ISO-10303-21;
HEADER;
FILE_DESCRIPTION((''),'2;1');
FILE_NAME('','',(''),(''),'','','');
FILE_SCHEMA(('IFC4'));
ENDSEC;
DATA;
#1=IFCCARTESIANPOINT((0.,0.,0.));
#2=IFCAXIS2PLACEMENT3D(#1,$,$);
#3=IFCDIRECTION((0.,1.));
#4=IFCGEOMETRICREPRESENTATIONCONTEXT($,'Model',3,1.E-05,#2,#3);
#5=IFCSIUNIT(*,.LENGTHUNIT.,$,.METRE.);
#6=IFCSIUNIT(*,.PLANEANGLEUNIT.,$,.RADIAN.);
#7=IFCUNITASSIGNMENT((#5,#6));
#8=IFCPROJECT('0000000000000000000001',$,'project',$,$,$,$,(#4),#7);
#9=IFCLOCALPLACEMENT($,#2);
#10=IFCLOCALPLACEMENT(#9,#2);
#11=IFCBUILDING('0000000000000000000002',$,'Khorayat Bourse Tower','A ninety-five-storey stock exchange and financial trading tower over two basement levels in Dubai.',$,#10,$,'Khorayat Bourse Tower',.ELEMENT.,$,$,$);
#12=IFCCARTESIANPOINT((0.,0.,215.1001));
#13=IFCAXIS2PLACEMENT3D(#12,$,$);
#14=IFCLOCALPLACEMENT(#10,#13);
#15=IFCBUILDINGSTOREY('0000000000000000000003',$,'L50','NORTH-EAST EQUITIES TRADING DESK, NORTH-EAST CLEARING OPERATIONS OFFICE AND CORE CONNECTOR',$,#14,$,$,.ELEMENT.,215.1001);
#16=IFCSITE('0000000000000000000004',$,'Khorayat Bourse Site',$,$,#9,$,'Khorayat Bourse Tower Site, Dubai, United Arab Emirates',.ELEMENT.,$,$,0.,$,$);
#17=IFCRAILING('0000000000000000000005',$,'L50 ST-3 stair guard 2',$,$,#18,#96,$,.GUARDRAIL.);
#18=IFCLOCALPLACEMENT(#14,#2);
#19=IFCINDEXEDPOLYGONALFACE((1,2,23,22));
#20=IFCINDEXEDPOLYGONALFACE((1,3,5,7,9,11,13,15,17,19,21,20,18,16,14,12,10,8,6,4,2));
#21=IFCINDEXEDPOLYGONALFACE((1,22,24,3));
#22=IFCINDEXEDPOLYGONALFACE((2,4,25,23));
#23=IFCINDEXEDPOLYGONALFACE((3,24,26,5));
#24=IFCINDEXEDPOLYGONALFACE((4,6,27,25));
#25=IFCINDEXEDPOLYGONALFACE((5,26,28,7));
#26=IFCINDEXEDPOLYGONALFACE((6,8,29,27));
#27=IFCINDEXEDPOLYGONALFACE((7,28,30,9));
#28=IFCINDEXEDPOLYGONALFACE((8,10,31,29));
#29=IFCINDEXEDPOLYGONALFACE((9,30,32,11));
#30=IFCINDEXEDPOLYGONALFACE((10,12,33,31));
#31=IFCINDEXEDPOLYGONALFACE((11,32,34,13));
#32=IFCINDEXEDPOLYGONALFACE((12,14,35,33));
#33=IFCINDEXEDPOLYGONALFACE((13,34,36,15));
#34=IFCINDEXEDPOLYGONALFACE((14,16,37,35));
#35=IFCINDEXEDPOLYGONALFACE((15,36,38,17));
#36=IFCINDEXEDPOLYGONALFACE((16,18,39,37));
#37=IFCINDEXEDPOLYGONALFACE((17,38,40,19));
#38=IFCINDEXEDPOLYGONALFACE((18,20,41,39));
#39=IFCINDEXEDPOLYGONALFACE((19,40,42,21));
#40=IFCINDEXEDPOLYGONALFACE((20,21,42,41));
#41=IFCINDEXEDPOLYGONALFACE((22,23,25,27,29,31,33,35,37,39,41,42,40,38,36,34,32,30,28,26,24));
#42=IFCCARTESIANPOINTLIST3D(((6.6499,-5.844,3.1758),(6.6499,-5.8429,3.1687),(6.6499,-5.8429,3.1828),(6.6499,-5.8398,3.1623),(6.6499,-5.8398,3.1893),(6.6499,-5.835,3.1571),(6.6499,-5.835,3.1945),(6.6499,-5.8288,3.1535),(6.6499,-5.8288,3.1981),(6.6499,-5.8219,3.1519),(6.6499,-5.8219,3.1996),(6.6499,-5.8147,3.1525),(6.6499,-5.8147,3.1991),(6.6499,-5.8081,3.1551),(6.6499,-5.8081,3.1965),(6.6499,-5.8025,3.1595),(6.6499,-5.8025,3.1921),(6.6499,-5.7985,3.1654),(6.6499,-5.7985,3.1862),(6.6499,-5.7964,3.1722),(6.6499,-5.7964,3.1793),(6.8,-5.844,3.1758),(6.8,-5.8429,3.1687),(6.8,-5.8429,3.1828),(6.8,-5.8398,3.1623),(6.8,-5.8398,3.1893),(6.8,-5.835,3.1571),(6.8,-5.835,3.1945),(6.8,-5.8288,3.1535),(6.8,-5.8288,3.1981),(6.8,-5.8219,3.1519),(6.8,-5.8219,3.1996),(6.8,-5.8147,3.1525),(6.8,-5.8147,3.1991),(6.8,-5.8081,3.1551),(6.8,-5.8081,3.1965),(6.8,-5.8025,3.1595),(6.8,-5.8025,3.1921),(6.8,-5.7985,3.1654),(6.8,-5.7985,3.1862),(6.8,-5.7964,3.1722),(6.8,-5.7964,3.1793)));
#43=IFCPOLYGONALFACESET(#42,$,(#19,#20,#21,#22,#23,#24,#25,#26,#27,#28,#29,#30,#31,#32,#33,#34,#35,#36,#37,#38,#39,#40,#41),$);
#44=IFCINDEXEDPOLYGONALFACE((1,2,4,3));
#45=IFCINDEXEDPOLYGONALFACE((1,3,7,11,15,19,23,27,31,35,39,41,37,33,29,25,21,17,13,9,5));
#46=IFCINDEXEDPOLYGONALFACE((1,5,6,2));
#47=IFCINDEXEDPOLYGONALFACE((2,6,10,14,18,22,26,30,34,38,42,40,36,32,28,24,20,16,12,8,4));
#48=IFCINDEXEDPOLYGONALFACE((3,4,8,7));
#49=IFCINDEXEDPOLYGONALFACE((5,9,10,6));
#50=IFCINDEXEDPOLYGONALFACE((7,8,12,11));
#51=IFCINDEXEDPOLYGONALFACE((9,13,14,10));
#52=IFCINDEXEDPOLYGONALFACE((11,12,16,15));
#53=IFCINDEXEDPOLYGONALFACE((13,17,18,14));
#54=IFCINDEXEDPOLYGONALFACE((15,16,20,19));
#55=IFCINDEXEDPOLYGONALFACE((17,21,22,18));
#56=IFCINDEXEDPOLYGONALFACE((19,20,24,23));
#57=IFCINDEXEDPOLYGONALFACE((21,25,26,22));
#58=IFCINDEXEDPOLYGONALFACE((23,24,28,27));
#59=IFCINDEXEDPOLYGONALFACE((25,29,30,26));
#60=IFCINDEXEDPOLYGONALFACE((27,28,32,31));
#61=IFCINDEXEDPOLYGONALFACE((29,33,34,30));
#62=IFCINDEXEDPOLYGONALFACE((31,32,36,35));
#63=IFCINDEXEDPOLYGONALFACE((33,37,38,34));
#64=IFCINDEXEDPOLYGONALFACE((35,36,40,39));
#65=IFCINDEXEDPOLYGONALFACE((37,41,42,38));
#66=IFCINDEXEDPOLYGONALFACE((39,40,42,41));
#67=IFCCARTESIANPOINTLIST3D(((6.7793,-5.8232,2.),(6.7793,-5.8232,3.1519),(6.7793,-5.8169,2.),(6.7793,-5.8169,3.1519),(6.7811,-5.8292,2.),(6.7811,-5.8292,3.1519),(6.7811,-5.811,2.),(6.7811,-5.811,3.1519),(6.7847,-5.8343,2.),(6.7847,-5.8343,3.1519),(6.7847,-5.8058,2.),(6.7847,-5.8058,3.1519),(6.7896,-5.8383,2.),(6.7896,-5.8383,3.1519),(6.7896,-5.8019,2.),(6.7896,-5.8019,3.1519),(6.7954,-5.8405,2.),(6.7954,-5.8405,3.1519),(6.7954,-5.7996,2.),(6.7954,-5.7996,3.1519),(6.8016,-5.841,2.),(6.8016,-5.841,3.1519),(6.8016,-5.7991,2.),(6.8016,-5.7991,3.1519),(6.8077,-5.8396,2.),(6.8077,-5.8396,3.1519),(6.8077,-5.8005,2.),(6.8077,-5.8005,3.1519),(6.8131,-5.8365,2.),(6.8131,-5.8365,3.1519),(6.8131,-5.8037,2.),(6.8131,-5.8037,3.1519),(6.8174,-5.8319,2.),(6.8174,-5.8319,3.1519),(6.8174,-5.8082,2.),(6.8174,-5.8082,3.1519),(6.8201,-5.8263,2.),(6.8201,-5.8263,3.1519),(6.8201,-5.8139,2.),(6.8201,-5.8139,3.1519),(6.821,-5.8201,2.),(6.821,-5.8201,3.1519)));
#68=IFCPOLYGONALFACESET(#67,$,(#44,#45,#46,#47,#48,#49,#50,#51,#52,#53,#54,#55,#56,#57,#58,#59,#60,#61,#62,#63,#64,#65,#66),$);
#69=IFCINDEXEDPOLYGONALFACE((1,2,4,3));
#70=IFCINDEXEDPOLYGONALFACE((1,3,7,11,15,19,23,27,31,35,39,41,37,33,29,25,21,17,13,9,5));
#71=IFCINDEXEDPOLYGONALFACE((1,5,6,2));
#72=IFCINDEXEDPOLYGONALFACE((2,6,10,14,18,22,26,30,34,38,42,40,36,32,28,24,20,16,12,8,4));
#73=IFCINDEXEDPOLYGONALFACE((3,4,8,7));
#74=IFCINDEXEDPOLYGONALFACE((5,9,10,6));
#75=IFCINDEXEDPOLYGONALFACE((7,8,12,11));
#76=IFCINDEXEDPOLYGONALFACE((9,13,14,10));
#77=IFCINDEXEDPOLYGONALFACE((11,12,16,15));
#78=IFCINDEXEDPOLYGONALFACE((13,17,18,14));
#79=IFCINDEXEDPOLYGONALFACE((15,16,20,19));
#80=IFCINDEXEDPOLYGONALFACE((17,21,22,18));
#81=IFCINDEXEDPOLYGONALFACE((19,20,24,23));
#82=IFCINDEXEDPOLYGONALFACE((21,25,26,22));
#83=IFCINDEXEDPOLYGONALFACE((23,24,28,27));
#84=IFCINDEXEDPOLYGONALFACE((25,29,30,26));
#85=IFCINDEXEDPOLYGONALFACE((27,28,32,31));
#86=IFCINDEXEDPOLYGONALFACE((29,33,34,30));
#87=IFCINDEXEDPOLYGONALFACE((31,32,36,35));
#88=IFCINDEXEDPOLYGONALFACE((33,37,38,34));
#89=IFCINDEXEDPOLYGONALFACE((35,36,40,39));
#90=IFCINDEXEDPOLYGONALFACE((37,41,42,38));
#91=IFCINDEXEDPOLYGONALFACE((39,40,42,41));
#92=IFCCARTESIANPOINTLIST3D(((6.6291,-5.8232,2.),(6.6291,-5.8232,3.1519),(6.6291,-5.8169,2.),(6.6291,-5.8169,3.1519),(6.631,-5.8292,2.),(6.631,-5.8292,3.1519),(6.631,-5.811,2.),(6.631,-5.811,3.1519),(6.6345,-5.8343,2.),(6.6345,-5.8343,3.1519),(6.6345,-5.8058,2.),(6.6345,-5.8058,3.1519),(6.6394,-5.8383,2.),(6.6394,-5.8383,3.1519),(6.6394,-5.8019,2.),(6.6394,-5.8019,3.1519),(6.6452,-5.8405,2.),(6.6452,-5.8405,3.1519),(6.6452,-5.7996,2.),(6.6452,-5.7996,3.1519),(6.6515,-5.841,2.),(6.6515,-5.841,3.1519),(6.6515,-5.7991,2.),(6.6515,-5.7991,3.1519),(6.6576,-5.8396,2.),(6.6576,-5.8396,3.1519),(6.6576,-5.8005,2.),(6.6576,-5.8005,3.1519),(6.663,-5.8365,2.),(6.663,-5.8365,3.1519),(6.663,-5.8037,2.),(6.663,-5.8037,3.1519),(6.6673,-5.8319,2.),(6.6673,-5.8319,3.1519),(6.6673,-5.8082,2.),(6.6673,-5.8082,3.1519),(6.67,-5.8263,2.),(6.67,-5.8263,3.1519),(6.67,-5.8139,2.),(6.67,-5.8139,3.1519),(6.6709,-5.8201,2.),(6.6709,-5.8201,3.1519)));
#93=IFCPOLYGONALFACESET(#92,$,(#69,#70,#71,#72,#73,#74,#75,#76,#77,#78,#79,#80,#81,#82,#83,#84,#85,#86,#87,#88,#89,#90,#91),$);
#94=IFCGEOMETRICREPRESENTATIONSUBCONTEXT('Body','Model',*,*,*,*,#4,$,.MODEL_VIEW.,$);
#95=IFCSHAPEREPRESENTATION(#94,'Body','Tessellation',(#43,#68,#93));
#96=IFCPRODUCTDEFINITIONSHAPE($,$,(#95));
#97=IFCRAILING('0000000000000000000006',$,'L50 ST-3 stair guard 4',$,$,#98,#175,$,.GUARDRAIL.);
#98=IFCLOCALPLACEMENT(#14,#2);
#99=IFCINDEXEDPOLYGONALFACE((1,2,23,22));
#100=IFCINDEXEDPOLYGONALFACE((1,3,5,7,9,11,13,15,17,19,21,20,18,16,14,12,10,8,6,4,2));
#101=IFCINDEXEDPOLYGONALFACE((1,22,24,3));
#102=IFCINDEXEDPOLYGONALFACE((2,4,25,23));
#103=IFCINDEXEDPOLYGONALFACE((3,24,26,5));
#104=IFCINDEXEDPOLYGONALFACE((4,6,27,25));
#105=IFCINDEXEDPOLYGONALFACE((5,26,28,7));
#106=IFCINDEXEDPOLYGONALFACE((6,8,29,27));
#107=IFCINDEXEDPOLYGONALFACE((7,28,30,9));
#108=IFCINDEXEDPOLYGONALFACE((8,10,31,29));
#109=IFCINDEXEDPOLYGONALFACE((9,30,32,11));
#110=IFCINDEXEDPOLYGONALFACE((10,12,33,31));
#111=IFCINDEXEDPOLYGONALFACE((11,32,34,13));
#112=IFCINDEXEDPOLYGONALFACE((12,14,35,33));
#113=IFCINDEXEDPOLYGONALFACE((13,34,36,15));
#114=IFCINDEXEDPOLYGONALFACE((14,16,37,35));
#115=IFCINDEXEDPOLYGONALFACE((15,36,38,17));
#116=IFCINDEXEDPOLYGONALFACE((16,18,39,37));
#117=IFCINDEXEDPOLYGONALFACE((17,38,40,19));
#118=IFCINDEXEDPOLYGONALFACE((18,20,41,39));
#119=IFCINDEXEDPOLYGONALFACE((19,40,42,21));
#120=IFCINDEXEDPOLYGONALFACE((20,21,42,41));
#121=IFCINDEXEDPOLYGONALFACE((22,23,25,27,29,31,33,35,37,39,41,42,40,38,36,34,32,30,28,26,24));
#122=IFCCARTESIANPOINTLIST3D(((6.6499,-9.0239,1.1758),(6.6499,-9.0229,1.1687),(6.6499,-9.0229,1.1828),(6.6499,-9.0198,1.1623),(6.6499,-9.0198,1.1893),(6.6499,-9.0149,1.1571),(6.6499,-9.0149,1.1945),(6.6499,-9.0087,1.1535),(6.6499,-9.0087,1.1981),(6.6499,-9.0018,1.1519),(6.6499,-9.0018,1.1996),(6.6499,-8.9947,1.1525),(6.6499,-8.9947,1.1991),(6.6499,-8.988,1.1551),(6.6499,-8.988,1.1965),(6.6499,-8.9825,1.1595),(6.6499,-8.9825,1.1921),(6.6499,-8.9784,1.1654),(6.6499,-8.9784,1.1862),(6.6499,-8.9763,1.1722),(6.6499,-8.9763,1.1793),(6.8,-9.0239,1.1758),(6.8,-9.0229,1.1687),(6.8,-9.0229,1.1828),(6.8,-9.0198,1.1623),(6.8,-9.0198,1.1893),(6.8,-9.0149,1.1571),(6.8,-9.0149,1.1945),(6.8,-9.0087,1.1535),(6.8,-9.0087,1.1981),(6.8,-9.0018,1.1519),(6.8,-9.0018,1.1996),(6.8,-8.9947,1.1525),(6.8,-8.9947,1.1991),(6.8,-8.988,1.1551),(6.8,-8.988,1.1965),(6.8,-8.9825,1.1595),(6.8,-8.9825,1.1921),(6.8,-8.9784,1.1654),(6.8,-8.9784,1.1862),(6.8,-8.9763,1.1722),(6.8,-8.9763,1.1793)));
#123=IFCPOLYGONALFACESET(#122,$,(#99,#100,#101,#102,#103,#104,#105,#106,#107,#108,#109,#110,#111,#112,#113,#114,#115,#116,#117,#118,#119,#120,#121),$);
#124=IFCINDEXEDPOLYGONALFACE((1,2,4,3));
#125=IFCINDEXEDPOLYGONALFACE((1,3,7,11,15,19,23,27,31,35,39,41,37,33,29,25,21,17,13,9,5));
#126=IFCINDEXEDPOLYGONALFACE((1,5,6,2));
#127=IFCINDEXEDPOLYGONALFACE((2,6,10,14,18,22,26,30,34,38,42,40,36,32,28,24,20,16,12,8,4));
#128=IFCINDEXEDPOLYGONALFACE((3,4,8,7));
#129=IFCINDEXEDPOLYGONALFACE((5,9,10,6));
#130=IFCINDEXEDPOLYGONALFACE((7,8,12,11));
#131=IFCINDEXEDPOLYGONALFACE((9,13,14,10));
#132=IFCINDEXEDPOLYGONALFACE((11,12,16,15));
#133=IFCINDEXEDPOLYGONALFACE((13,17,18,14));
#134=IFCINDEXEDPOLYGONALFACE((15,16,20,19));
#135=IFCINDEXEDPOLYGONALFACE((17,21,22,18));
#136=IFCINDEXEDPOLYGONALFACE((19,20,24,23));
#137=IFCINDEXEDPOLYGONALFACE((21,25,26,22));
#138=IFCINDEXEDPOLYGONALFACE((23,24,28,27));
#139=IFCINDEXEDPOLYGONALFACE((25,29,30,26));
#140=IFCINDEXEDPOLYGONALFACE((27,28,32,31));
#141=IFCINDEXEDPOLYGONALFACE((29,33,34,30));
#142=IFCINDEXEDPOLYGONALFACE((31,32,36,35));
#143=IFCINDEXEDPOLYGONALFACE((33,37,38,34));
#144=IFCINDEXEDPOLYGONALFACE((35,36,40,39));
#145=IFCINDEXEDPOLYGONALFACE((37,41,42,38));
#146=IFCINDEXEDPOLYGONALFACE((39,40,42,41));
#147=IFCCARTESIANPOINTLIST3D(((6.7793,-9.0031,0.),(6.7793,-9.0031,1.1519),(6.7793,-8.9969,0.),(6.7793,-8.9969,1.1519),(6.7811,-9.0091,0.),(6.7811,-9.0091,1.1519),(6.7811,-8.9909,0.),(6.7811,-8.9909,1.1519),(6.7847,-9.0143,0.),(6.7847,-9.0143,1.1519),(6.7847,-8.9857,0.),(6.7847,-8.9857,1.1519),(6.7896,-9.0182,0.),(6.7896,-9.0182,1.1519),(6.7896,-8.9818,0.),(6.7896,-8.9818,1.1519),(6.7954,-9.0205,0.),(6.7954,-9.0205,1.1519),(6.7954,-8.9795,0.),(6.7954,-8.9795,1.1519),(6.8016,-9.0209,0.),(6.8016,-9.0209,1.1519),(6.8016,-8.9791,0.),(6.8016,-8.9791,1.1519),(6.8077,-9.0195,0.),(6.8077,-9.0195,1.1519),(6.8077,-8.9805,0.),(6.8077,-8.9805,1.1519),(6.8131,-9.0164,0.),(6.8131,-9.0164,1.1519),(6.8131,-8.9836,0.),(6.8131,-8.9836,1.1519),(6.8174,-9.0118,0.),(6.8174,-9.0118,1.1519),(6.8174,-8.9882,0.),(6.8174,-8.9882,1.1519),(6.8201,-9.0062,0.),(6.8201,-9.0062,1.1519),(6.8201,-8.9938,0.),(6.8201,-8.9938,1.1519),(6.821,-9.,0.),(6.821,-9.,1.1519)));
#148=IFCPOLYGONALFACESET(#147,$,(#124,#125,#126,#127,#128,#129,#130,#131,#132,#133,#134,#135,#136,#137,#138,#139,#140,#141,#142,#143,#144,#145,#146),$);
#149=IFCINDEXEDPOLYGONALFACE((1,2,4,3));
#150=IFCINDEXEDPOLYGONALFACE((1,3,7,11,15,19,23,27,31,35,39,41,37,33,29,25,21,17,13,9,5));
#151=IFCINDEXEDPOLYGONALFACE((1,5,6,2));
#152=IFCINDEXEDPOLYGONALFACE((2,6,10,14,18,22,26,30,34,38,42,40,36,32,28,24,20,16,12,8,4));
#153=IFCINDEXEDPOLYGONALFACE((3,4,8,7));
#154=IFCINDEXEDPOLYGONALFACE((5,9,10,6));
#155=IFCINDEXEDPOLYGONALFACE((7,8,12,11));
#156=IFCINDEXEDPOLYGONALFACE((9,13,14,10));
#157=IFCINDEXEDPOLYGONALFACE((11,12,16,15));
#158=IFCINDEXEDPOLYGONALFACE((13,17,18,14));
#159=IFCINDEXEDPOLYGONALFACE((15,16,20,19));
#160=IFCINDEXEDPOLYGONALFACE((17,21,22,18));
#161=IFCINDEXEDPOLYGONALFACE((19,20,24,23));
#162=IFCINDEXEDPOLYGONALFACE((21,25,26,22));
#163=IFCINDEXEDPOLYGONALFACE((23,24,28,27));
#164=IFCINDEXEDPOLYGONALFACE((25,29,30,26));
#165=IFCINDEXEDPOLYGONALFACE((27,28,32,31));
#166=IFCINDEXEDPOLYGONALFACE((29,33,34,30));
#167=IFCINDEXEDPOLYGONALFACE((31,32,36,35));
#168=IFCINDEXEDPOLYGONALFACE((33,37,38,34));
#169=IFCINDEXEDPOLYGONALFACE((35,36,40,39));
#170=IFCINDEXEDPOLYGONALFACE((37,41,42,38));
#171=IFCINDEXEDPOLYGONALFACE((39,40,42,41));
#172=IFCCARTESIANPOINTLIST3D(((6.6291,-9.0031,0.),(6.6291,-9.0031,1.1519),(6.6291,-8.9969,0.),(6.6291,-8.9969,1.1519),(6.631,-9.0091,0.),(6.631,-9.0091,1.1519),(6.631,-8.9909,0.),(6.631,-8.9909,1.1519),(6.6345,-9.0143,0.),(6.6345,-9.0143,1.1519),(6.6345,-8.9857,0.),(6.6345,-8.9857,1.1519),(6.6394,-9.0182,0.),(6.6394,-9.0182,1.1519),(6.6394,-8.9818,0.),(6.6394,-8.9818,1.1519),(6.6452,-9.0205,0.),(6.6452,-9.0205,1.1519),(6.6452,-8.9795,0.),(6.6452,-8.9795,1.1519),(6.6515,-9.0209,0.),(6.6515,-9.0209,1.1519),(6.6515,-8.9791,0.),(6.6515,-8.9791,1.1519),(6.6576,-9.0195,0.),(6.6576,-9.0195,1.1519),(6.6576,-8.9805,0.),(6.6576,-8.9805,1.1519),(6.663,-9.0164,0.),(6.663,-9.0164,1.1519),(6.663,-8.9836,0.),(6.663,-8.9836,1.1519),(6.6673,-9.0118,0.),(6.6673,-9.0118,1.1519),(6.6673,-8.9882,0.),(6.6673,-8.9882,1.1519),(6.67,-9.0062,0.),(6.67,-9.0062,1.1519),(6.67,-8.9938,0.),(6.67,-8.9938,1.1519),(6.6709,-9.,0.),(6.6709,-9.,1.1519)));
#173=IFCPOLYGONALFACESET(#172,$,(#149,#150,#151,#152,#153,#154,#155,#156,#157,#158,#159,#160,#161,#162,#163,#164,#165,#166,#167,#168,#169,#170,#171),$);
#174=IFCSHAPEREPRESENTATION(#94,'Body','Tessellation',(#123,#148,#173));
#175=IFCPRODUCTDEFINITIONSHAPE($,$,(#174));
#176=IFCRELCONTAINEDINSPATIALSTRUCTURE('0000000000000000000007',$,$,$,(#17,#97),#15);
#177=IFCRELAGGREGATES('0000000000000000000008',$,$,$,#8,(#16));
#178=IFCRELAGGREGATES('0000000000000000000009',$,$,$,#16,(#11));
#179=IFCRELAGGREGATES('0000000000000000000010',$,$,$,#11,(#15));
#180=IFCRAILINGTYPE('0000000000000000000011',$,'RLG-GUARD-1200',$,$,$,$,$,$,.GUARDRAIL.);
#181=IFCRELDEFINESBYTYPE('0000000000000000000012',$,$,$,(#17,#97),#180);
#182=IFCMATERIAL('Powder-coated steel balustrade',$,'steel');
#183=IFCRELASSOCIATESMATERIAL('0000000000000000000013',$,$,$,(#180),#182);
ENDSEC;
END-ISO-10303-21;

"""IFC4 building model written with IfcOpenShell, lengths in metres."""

from ifc_helpers import new_model, si_unit, direction, frame, origin, origin_2d, place, context, subcontext, project, spatial, circle, extrude, source, transform, mapped, material, type_object, element, save


model = new_model("IFC4")

# Units and contexts
model_context = context("Model", 3, precision=1e-05, world=origin(), true_north=direction((0.0, 1.0)))
body_context = subcontext(model_context, "Body", "Model", "MODEL_VIEW")
ifc_project = project(units=[si_unit("LENGTHUNIT", "METRE"), si_unit("PLANEANGLEUNIT", "RADIAN")], contexts=[model_context])

# Site, building, storey
site_placement = place(None, origin())
site = spatial("IfcSite", under=ifc_project, at=site_placement, Name="Khorayat Bourse Site", LongName="Khorayat Bourse Tower Site, Dubai, United Arab Emirates", CompositionType="ELEMENT", RefElevation=0.0)
building_placement = place(site_placement, origin())
building = spatial("IfcBuilding", under=site, at=building_placement, Name="Khorayat Bourse Tower", Description="A ninety-five-storey stock exchange and financial trading tower over two basement levels in Dubai.", LongName="Khorayat Bourse Tower", CompositionType="ELEMENT")
storey_placement = place(building_placement, frame((0.0, 0.0, 215.1001)))
storey = spatial("IfcBuildingStorey", under=building, at=storey_placement, Name="L50", Description="NORTH-EAST EQUITIES TRADING DESK, NORTH-EAST CLEARING OPERATIONS OFFICE AND CORE CONNECTOR", CompositionType="ELEMENT", Elevation=215.1001)

# Railings
ifc_material_1 = material(Name="Powder-coated steel balustrade", Category="steel")
railing_type_1 = type_object("IfcRailingType", Name="RLG-GUARD-1200", PredefinedType="GUARDRAIL", material=ifc_material_1)
shared_shape_1 = source(origin(), body_context, "Body", "SweptSolid", [
    extrude(circle(Radius=0.0239, at=origin_2d()), frame((0.0, 0.0, 1.1758), z_axis=(-1.0, 0.0, 0.0), x_axis=(0.0, -1.0, 0.0)), (0.0, 0.0, 1.0), 0.1501),
    extrude(circle(Radius=0.021, at=origin_2d()), origin(), (0.0, 0.0, 1.0), 1.1519),
    extrude(circle(Radius=0.021, at=origin_2d()), frame((-0.1501, 0.0, 0.0)), (0.0, 0.0, 1.0), 1.1519),
])
for number, where, name in (
    (1, (6.8, -5.8201, 2.0), "L50 ST-3 stair guard 2"),
    (2, (6.8, -9.0, 0.0), "L50 ST-3 stair guard 4"),
):
    element("IfcRailing", number, at=place(storey_placement, frame(where)), inside=storey, type_object=railing_type_1, Name=name, PredefinedType="GUARDRAIL", context=body_context, shape_type="MappedRepresentation", body=[
        mapped(shared_shape_1, transform((0.0, 0.0, 0.0), scale=1.0)),
    ])

save(model, "model.ifc")
